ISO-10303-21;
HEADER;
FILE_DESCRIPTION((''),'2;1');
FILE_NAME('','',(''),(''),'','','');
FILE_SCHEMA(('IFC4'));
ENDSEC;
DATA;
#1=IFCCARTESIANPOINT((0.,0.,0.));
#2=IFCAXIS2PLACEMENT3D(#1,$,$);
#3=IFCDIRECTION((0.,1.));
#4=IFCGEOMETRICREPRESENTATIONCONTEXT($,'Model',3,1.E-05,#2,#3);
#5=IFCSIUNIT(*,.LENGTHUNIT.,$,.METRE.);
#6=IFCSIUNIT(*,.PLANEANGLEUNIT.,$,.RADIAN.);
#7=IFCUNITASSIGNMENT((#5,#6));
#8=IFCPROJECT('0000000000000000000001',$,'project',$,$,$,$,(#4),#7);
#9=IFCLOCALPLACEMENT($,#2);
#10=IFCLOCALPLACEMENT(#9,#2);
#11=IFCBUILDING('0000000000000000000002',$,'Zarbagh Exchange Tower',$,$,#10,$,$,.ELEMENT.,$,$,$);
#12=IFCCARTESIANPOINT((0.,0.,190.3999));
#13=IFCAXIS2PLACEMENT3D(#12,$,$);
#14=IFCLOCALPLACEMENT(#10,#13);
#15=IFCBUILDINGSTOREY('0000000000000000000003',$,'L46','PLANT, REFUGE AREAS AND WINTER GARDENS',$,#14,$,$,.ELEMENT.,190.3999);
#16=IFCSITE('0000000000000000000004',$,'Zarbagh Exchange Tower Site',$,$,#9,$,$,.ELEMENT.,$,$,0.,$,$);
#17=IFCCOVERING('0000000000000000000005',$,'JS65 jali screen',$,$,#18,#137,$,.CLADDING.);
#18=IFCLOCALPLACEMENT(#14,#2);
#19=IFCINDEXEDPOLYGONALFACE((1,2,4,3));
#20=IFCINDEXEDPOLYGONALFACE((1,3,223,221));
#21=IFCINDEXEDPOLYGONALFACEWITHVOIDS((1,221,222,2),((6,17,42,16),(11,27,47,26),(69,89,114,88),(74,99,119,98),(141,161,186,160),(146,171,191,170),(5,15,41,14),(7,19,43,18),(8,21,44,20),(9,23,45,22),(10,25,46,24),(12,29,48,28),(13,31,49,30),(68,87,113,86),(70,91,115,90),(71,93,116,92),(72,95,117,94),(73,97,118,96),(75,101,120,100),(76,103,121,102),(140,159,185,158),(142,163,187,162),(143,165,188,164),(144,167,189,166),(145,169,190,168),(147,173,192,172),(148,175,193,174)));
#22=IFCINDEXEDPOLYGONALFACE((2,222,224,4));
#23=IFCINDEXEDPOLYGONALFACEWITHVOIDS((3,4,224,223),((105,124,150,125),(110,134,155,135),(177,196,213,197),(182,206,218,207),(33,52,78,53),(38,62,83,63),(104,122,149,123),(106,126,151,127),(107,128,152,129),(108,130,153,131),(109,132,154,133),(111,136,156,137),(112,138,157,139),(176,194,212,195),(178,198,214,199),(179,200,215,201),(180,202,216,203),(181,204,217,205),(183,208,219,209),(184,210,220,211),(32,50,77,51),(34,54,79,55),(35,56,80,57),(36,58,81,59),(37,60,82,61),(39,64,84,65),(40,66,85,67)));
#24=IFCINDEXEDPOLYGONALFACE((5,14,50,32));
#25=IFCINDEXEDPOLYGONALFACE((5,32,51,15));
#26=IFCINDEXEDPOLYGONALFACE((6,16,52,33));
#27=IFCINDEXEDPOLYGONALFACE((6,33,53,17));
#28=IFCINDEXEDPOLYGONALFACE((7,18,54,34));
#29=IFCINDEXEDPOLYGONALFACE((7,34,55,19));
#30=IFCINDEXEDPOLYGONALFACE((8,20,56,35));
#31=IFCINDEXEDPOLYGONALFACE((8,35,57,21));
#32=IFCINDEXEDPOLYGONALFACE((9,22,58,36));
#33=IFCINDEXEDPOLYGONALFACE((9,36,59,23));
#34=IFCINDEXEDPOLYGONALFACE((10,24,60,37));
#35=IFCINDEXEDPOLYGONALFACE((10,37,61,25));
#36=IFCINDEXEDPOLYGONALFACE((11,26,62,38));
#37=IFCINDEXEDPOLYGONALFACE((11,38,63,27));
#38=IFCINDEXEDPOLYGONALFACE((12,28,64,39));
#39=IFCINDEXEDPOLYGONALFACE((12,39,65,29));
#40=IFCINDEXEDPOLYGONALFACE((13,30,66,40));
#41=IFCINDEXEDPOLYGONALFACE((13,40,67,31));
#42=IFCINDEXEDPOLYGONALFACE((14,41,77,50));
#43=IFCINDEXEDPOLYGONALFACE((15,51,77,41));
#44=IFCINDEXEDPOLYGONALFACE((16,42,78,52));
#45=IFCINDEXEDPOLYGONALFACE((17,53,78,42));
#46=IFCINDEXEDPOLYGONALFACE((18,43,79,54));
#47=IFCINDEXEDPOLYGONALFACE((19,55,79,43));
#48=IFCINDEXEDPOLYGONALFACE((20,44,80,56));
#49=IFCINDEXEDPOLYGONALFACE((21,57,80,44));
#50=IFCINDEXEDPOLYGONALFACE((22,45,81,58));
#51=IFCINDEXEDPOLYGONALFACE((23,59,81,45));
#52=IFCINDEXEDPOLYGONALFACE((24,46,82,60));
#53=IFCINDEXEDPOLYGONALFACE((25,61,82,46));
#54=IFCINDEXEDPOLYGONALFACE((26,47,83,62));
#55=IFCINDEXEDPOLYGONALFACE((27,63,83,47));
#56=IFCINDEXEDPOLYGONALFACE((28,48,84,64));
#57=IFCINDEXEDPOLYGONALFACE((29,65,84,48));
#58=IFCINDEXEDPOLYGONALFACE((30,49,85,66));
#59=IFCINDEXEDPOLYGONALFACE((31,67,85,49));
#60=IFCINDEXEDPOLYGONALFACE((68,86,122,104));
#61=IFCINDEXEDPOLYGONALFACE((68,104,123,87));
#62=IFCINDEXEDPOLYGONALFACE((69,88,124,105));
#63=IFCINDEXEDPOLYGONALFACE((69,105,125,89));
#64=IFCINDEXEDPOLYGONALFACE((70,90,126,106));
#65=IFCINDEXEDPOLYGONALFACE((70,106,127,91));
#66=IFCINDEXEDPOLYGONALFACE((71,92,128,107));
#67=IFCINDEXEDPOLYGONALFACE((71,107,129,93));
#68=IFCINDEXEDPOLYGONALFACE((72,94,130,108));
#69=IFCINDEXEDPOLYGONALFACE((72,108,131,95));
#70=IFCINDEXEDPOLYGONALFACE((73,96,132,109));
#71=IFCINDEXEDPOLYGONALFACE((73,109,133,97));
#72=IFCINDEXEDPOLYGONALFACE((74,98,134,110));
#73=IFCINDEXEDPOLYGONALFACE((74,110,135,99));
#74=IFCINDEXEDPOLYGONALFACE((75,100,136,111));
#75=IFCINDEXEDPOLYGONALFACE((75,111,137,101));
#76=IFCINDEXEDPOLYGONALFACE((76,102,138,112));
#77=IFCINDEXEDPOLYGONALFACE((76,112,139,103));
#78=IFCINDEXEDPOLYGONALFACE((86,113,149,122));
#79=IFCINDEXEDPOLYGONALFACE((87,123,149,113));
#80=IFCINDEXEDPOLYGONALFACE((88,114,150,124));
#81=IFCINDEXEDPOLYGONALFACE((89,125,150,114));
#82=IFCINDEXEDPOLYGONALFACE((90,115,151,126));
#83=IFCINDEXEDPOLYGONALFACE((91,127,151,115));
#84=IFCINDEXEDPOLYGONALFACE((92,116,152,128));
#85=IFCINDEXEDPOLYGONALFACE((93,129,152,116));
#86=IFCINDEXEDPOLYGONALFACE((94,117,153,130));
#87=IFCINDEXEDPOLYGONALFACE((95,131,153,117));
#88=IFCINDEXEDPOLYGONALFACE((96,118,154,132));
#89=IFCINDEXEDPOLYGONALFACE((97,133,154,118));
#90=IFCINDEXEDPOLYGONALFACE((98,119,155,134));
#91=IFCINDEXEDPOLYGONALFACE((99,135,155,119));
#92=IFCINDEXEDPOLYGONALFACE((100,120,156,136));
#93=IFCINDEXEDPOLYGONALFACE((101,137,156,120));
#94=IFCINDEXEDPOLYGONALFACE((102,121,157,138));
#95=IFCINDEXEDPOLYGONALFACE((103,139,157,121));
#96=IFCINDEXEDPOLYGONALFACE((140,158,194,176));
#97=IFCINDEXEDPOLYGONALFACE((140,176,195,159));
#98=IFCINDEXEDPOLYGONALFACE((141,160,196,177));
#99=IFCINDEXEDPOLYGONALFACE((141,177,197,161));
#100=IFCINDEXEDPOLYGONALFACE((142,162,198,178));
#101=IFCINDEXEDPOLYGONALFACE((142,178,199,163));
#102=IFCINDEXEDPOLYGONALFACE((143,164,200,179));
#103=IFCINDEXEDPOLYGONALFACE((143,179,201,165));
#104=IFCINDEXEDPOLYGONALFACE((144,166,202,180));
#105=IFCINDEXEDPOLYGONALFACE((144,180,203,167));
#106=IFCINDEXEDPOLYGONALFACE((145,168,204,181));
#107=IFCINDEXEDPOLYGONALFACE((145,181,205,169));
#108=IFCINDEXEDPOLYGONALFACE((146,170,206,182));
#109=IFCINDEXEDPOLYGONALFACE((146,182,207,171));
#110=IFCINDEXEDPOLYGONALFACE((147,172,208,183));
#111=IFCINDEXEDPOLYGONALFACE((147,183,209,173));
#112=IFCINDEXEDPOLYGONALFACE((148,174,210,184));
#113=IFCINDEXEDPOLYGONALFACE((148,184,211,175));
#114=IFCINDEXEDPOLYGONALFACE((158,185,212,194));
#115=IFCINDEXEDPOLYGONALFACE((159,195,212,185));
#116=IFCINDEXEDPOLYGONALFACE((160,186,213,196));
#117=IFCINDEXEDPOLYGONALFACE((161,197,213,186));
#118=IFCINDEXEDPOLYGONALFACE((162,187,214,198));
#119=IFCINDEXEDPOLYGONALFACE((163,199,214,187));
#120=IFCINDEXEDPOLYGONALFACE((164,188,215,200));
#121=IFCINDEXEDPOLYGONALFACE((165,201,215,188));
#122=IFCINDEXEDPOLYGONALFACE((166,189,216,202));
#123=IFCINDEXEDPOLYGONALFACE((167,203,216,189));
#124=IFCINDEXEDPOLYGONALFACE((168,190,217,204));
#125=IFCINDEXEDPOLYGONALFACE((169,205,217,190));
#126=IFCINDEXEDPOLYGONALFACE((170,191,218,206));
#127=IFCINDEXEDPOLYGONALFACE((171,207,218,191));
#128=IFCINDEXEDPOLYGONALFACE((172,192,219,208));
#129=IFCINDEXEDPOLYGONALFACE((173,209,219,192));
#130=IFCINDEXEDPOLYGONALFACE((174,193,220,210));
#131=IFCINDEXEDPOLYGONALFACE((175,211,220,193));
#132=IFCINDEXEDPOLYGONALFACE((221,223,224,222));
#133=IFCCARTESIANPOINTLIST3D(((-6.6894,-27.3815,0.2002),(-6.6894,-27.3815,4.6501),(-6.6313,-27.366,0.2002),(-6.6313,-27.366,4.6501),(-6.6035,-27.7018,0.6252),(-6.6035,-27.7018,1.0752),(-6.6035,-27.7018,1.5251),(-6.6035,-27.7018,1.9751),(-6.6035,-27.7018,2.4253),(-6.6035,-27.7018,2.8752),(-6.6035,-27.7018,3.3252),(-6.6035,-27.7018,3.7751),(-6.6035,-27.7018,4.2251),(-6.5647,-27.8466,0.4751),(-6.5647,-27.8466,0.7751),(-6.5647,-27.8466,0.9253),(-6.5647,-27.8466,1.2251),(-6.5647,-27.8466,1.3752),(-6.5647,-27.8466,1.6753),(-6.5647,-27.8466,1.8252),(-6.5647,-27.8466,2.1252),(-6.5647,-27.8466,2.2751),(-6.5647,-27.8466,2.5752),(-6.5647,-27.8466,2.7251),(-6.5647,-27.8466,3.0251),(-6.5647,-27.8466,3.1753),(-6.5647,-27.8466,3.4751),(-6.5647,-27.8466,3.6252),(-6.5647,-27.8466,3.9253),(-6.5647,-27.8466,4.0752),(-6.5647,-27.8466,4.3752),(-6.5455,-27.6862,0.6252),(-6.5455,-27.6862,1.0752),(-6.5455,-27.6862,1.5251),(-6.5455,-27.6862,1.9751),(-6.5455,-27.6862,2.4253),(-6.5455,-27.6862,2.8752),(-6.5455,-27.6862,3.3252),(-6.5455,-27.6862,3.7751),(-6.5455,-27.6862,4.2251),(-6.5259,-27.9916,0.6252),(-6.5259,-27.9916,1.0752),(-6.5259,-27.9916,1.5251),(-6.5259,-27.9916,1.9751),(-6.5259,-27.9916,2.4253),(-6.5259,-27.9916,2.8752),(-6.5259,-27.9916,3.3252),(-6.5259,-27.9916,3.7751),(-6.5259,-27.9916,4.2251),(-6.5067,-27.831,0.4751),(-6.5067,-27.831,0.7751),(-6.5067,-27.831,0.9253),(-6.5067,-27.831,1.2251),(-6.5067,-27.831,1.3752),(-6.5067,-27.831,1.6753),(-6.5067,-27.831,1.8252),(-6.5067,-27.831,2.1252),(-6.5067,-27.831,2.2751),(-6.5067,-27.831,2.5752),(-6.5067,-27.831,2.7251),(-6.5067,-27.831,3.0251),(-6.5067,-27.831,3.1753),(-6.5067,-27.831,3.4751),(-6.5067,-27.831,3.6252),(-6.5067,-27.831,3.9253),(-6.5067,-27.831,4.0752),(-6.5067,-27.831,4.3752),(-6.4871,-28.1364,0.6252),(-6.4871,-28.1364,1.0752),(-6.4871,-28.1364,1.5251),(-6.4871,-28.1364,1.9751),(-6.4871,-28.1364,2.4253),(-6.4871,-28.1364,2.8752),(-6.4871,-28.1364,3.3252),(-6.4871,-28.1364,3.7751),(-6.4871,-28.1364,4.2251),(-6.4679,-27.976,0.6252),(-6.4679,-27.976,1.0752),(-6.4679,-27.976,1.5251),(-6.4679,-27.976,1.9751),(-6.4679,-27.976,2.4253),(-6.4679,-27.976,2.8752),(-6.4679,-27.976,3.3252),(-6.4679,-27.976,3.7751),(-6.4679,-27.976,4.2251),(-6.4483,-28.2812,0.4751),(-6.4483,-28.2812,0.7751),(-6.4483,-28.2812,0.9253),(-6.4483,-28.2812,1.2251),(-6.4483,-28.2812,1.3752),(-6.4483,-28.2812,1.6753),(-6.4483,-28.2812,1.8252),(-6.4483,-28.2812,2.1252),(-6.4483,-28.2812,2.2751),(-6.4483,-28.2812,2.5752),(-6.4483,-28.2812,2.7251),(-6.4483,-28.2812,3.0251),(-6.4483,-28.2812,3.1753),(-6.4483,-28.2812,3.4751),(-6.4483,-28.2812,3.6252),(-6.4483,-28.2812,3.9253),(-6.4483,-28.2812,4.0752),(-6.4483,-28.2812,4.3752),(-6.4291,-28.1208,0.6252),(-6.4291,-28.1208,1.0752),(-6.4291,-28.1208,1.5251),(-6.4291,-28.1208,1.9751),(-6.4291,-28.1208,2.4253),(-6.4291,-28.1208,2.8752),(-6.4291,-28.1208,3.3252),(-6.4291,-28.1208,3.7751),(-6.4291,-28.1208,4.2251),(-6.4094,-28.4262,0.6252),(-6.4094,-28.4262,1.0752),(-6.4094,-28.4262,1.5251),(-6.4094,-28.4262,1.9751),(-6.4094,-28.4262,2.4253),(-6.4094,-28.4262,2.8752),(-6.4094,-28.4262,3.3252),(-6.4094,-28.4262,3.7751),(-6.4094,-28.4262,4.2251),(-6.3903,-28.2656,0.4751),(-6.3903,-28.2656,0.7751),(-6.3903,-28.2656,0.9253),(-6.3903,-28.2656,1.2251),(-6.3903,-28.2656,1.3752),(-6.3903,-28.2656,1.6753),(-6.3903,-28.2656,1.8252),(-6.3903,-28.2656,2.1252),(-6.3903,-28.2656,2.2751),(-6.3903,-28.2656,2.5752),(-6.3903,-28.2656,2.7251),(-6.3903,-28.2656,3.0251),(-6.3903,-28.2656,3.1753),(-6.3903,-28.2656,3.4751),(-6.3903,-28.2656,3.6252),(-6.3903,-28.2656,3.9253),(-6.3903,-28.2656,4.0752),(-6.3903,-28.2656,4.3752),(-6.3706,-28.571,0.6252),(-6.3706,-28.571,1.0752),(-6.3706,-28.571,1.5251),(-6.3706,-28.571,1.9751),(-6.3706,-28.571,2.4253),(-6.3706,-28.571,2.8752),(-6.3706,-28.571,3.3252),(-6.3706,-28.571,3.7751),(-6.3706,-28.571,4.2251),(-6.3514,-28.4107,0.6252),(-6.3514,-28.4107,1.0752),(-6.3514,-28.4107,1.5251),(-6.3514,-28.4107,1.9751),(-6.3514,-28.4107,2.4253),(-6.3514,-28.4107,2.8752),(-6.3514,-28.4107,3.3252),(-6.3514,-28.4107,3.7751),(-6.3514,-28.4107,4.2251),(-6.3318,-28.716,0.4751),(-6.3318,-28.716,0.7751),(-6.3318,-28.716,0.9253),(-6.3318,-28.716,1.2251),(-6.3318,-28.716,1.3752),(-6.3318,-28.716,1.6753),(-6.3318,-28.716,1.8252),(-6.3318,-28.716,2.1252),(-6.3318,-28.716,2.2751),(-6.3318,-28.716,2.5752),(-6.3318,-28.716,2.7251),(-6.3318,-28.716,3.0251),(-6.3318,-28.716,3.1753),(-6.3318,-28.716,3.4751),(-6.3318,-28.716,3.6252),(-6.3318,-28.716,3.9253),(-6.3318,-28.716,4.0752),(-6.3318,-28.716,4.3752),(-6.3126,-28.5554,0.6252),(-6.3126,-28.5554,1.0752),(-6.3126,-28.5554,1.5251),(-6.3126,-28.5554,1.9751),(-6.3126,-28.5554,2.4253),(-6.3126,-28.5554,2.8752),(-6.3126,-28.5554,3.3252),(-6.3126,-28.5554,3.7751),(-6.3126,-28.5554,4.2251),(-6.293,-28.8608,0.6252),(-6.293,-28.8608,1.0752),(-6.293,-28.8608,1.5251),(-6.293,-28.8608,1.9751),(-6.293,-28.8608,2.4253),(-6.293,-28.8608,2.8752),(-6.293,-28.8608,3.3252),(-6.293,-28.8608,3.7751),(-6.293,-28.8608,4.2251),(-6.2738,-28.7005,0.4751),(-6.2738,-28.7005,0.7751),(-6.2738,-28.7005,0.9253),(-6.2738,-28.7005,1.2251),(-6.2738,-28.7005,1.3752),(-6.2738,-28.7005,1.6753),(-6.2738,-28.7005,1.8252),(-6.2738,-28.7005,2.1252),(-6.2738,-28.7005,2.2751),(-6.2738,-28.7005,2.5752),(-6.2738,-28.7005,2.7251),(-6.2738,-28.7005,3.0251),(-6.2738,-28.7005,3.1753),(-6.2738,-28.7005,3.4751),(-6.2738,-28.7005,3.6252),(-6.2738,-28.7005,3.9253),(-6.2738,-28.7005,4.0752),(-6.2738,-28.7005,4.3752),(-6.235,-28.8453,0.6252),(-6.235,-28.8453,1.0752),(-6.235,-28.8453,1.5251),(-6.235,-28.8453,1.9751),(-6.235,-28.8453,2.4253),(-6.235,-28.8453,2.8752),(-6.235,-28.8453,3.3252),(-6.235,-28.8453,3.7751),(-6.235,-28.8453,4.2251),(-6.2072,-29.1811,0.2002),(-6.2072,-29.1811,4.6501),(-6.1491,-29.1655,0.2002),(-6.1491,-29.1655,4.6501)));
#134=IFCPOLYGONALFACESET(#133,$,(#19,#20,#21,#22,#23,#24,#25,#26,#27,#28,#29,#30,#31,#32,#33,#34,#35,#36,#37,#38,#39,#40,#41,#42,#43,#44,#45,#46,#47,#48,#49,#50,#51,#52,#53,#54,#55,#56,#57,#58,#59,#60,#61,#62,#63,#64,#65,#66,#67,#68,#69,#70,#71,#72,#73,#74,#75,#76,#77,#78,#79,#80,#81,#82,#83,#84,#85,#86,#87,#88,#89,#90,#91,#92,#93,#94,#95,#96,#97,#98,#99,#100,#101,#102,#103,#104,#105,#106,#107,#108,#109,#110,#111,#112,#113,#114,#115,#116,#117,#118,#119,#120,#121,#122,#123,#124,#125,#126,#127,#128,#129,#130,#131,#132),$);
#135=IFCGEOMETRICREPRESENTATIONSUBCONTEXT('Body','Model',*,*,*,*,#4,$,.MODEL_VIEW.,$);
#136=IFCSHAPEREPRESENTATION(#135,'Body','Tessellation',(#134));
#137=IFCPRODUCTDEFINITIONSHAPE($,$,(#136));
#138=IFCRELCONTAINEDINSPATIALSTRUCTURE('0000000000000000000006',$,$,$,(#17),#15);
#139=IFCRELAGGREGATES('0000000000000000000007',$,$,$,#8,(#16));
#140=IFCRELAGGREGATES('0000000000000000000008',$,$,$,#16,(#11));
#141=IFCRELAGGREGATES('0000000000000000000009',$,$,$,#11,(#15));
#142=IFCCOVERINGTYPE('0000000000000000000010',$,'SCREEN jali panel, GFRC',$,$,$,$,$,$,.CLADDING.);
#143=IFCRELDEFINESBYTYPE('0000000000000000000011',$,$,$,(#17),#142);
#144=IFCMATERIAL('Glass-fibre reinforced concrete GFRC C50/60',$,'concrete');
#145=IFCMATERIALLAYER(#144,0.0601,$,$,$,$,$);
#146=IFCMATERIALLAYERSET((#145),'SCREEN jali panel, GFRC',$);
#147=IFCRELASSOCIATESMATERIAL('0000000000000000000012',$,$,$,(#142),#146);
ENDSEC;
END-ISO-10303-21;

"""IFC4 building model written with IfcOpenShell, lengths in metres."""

from ifc_helpers import new_model, si_unit, direction, frame, origin, place, context, subcontext, project, spatial, polyline, outline, extrude, source, transform, mapped, material, layer, layer_set, type_object, element, save


model = new_model("IFC4")

# Units and contexts
model_context = context("Model", 3, precision=1e-05, world=origin(), true_north=direction((0.0, 1.0)))
body_context = subcontext(model_context, "Body", "Model", "MODEL_VIEW")
ifc_project = project(units=[si_unit("LENGTHUNIT", "METRE"), si_unit("PLANEANGLEUNIT", "RADIAN")], contexts=[model_context])

# Site, building, storey
site_placement = place(None, origin())
site = spatial("IfcSite", under=ifc_project, at=site_placement, Name="Zarbagh Exchange Tower Site", CompositionType="ELEMENT", RefElevation=0.0)
building_placement = place(site_placement, origin())
building = spatial("IfcBuilding", under=site, at=building_placement, Name="Zarbagh Exchange Tower", CompositionType="ELEMENT")
storey_placement = place(building_placement, frame((0.0, 0.0, 190.3999)))
storey = spatial("IfcBuildingStorey", under=building, at=storey_placement, Name="L46", Description="PLANT, REFUGE AREAS AND WINTER GARDENS", CompositionType="ELEMENT", Elevation=190.3999)

# Shared definitions
ifc_material_1 = material(Name="Glass-fibre reinforced concrete GFRC C50/60", Category="concrete")
ifc_layer_1 = layer(ifc_material_1, 0.0601)
ifc_layer_set_1 = layer_set([ifc_layer_1], Name="SCREEN jali panel, GFRC")
covering_type = type_object("IfcCoveringType", Name="SCREEN jali panel, GFRC", PredefinedType="CLADDING", material=ifc_layer_set_1)
placement = place(storey_placement, origin())

# Covering
shared_shape_1 = source(origin(), body_context, "Body", "SweptSolid", [
    extrude(outline(polyline([(0.0, 0.0), (1.863, 0.0), (1.863, 4.45), (0.0, 4.45), (0.0, 0.0)]), holes=[polyline([(0.3315, 0.425), (0.4814, 0.2749), (0.6316, 0.425), (0.4814, 0.575), (0.3315, 0.425)]), polyline([(0.3315, 0.875), (0.4814, 0.7251), (0.6316, 0.875), (0.4814, 1.0249), (0.3315, 0.875)]), polyline([(0.3315, 1.325), (0.4814, 1.175), (0.6316, 1.325), (0.4814, 1.4751), (0.3315, 1.325)]), polyline([(0.3315, 1.7749), (0.4814, 1.625), (0.6316, 1.7749), (0.4814, 1.925), (0.3315, 1.7749)]), polyline([(0.3315, 2.2251), (0.4814, 2.075), (0.6316, 2.2251), (0.4814, 2.375), (0.3315, 2.2251)]), polyline([(0.3315, 2.675), (0.4814, 2.5249), (0.6316, 2.675), (0.4814, 2.825), (0.3315, 2.675)]), polyline([(0.3315, 3.125), (0.4814, 2.9751), (0.6316, 3.125), (0.4814, 3.2749), (0.3315, 3.125)]), polyline([(0.3315, 3.575), (0.4814, 3.425), (0.6316, 3.575), (0.4814, 3.7251), (0.3315, 3.575)]), polyline([(0.3315, 4.0249), (0.4814, 3.875), (0.6316, 4.0249), (0.4814, 4.175), (0.3315, 4.0249)]), polyline([(0.7815, 0.425), (0.9314, 0.2749), (1.0815, 0.425), (0.9314, 0.575), (0.7815, 0.425)]), polyline([(0.7815, 0.875), (0.9314, 0.7251), (1.0815, 0.875), (0.9314, 1.0249), (0.7815, 0.875)]), polyline([(0.7815, 1.325), (0.9314, 1.175), (1.0815, 1.325), (0.9314, 1.4751), (0.7815, 1.325)]), polyline([(0.7815, 1.7749), (0.9314, 1.625), (1.0815, 1.7749), (0.9314, 1.925), (0.7815, 1.7749)]), polyline([(0.7815, 2.2251), (0.9314, 2.075), (1.0815, 2.2251), (0.9314, 2.375), (0.7815, 2.2251)]), polyline([(0.7815, 2.675), (0.9314, 2.5249), (1.0815, 2.675), (0.9314, 2.825), (0.7815, 2.675)]), polyline([(0.7815, 3.125), (0.9314, 2.9751), (1.0815, 3.125), (0.9314, 3.2749), (0.7815, 3.125)]), polyline([(0.7815, 3.575), (0.9314, 3.425), (1.0815, 3.575), (0.9314, 3.7251), (0.7815, 3.575)]), polyline([(0.7815, 4.0249), (0.9314, 3.875), (1.0815, 4.0249), (0.9314, 4.175), (0.7815, 4.0249)]), polyline([(1.2314, 0.425), (1.3816, 0.2749), (1.5315, 0.425), (1.3816, 0.575), (1.2314, 0.425)]), polyline([(1.2314, 0.875), (1.3816, 0.7251), (1.5315, 0.875), (1.3816, 1.0249), (1.2314, 0.875)]), polyline([(1.2314, 1.325), (1.3816, 1.175), (1.5315, 1.325), (1.3816, 1.4751), (1.2314, 1.325)]), polyline([(1.2314, 1.7749), (1.3816, 1.625), (1.5315, 1.7749), (1.3816, 1.925), (1.2314, 1.7749)]), polyline([(1.2314, 2.2251), (1.3816, 2.075), (1.5315, 2.2251), (1.3816, 2.375), (1.2314, 2.2251)]), polyline([(1.2314, 2.675), (1.3816, 2.5249), (1.5315, 2.675), (1.3816, 2.825), (1.2314, 2.675)]), polyline([(1.2314, 3.125), (1.3816, 2.9751), (1.5315, 3.125), (1.3816, 3.2749), (1.2314, 3.125)]), polyline([(1.2314, 3.575), (1.3816, 3.425), (1.5315, 3.575), (1.3816, 3.7251), (1.2314, 3.575)]), polyline([(1.2314, 4.0249), (1.3816, 3.875), (1.5315, 4.0249), (1.3816, 4.175), (1.2314, 4.0249)])]), origin(), (0.0, 0.0, 1.0), 0.0601),
])
element("IfcCovering", 1, at=placement, inside=storey, type_object=covering_type, Name="JS65 jali screen", PredefinedType="CLADDING", context=body_context, shape_type="MappedRepresentation", body=[
    mapped(shared_shape_1, transform((-6.6313, -27.366, 0.2002), x_axis=(0.258825, -0.965924, 0.0), y_axis=(0.0, 0.0, 1.0), z_axis=(-0.965924, -0.258825, 0.0))),
])

save(model, "model.ifc")
